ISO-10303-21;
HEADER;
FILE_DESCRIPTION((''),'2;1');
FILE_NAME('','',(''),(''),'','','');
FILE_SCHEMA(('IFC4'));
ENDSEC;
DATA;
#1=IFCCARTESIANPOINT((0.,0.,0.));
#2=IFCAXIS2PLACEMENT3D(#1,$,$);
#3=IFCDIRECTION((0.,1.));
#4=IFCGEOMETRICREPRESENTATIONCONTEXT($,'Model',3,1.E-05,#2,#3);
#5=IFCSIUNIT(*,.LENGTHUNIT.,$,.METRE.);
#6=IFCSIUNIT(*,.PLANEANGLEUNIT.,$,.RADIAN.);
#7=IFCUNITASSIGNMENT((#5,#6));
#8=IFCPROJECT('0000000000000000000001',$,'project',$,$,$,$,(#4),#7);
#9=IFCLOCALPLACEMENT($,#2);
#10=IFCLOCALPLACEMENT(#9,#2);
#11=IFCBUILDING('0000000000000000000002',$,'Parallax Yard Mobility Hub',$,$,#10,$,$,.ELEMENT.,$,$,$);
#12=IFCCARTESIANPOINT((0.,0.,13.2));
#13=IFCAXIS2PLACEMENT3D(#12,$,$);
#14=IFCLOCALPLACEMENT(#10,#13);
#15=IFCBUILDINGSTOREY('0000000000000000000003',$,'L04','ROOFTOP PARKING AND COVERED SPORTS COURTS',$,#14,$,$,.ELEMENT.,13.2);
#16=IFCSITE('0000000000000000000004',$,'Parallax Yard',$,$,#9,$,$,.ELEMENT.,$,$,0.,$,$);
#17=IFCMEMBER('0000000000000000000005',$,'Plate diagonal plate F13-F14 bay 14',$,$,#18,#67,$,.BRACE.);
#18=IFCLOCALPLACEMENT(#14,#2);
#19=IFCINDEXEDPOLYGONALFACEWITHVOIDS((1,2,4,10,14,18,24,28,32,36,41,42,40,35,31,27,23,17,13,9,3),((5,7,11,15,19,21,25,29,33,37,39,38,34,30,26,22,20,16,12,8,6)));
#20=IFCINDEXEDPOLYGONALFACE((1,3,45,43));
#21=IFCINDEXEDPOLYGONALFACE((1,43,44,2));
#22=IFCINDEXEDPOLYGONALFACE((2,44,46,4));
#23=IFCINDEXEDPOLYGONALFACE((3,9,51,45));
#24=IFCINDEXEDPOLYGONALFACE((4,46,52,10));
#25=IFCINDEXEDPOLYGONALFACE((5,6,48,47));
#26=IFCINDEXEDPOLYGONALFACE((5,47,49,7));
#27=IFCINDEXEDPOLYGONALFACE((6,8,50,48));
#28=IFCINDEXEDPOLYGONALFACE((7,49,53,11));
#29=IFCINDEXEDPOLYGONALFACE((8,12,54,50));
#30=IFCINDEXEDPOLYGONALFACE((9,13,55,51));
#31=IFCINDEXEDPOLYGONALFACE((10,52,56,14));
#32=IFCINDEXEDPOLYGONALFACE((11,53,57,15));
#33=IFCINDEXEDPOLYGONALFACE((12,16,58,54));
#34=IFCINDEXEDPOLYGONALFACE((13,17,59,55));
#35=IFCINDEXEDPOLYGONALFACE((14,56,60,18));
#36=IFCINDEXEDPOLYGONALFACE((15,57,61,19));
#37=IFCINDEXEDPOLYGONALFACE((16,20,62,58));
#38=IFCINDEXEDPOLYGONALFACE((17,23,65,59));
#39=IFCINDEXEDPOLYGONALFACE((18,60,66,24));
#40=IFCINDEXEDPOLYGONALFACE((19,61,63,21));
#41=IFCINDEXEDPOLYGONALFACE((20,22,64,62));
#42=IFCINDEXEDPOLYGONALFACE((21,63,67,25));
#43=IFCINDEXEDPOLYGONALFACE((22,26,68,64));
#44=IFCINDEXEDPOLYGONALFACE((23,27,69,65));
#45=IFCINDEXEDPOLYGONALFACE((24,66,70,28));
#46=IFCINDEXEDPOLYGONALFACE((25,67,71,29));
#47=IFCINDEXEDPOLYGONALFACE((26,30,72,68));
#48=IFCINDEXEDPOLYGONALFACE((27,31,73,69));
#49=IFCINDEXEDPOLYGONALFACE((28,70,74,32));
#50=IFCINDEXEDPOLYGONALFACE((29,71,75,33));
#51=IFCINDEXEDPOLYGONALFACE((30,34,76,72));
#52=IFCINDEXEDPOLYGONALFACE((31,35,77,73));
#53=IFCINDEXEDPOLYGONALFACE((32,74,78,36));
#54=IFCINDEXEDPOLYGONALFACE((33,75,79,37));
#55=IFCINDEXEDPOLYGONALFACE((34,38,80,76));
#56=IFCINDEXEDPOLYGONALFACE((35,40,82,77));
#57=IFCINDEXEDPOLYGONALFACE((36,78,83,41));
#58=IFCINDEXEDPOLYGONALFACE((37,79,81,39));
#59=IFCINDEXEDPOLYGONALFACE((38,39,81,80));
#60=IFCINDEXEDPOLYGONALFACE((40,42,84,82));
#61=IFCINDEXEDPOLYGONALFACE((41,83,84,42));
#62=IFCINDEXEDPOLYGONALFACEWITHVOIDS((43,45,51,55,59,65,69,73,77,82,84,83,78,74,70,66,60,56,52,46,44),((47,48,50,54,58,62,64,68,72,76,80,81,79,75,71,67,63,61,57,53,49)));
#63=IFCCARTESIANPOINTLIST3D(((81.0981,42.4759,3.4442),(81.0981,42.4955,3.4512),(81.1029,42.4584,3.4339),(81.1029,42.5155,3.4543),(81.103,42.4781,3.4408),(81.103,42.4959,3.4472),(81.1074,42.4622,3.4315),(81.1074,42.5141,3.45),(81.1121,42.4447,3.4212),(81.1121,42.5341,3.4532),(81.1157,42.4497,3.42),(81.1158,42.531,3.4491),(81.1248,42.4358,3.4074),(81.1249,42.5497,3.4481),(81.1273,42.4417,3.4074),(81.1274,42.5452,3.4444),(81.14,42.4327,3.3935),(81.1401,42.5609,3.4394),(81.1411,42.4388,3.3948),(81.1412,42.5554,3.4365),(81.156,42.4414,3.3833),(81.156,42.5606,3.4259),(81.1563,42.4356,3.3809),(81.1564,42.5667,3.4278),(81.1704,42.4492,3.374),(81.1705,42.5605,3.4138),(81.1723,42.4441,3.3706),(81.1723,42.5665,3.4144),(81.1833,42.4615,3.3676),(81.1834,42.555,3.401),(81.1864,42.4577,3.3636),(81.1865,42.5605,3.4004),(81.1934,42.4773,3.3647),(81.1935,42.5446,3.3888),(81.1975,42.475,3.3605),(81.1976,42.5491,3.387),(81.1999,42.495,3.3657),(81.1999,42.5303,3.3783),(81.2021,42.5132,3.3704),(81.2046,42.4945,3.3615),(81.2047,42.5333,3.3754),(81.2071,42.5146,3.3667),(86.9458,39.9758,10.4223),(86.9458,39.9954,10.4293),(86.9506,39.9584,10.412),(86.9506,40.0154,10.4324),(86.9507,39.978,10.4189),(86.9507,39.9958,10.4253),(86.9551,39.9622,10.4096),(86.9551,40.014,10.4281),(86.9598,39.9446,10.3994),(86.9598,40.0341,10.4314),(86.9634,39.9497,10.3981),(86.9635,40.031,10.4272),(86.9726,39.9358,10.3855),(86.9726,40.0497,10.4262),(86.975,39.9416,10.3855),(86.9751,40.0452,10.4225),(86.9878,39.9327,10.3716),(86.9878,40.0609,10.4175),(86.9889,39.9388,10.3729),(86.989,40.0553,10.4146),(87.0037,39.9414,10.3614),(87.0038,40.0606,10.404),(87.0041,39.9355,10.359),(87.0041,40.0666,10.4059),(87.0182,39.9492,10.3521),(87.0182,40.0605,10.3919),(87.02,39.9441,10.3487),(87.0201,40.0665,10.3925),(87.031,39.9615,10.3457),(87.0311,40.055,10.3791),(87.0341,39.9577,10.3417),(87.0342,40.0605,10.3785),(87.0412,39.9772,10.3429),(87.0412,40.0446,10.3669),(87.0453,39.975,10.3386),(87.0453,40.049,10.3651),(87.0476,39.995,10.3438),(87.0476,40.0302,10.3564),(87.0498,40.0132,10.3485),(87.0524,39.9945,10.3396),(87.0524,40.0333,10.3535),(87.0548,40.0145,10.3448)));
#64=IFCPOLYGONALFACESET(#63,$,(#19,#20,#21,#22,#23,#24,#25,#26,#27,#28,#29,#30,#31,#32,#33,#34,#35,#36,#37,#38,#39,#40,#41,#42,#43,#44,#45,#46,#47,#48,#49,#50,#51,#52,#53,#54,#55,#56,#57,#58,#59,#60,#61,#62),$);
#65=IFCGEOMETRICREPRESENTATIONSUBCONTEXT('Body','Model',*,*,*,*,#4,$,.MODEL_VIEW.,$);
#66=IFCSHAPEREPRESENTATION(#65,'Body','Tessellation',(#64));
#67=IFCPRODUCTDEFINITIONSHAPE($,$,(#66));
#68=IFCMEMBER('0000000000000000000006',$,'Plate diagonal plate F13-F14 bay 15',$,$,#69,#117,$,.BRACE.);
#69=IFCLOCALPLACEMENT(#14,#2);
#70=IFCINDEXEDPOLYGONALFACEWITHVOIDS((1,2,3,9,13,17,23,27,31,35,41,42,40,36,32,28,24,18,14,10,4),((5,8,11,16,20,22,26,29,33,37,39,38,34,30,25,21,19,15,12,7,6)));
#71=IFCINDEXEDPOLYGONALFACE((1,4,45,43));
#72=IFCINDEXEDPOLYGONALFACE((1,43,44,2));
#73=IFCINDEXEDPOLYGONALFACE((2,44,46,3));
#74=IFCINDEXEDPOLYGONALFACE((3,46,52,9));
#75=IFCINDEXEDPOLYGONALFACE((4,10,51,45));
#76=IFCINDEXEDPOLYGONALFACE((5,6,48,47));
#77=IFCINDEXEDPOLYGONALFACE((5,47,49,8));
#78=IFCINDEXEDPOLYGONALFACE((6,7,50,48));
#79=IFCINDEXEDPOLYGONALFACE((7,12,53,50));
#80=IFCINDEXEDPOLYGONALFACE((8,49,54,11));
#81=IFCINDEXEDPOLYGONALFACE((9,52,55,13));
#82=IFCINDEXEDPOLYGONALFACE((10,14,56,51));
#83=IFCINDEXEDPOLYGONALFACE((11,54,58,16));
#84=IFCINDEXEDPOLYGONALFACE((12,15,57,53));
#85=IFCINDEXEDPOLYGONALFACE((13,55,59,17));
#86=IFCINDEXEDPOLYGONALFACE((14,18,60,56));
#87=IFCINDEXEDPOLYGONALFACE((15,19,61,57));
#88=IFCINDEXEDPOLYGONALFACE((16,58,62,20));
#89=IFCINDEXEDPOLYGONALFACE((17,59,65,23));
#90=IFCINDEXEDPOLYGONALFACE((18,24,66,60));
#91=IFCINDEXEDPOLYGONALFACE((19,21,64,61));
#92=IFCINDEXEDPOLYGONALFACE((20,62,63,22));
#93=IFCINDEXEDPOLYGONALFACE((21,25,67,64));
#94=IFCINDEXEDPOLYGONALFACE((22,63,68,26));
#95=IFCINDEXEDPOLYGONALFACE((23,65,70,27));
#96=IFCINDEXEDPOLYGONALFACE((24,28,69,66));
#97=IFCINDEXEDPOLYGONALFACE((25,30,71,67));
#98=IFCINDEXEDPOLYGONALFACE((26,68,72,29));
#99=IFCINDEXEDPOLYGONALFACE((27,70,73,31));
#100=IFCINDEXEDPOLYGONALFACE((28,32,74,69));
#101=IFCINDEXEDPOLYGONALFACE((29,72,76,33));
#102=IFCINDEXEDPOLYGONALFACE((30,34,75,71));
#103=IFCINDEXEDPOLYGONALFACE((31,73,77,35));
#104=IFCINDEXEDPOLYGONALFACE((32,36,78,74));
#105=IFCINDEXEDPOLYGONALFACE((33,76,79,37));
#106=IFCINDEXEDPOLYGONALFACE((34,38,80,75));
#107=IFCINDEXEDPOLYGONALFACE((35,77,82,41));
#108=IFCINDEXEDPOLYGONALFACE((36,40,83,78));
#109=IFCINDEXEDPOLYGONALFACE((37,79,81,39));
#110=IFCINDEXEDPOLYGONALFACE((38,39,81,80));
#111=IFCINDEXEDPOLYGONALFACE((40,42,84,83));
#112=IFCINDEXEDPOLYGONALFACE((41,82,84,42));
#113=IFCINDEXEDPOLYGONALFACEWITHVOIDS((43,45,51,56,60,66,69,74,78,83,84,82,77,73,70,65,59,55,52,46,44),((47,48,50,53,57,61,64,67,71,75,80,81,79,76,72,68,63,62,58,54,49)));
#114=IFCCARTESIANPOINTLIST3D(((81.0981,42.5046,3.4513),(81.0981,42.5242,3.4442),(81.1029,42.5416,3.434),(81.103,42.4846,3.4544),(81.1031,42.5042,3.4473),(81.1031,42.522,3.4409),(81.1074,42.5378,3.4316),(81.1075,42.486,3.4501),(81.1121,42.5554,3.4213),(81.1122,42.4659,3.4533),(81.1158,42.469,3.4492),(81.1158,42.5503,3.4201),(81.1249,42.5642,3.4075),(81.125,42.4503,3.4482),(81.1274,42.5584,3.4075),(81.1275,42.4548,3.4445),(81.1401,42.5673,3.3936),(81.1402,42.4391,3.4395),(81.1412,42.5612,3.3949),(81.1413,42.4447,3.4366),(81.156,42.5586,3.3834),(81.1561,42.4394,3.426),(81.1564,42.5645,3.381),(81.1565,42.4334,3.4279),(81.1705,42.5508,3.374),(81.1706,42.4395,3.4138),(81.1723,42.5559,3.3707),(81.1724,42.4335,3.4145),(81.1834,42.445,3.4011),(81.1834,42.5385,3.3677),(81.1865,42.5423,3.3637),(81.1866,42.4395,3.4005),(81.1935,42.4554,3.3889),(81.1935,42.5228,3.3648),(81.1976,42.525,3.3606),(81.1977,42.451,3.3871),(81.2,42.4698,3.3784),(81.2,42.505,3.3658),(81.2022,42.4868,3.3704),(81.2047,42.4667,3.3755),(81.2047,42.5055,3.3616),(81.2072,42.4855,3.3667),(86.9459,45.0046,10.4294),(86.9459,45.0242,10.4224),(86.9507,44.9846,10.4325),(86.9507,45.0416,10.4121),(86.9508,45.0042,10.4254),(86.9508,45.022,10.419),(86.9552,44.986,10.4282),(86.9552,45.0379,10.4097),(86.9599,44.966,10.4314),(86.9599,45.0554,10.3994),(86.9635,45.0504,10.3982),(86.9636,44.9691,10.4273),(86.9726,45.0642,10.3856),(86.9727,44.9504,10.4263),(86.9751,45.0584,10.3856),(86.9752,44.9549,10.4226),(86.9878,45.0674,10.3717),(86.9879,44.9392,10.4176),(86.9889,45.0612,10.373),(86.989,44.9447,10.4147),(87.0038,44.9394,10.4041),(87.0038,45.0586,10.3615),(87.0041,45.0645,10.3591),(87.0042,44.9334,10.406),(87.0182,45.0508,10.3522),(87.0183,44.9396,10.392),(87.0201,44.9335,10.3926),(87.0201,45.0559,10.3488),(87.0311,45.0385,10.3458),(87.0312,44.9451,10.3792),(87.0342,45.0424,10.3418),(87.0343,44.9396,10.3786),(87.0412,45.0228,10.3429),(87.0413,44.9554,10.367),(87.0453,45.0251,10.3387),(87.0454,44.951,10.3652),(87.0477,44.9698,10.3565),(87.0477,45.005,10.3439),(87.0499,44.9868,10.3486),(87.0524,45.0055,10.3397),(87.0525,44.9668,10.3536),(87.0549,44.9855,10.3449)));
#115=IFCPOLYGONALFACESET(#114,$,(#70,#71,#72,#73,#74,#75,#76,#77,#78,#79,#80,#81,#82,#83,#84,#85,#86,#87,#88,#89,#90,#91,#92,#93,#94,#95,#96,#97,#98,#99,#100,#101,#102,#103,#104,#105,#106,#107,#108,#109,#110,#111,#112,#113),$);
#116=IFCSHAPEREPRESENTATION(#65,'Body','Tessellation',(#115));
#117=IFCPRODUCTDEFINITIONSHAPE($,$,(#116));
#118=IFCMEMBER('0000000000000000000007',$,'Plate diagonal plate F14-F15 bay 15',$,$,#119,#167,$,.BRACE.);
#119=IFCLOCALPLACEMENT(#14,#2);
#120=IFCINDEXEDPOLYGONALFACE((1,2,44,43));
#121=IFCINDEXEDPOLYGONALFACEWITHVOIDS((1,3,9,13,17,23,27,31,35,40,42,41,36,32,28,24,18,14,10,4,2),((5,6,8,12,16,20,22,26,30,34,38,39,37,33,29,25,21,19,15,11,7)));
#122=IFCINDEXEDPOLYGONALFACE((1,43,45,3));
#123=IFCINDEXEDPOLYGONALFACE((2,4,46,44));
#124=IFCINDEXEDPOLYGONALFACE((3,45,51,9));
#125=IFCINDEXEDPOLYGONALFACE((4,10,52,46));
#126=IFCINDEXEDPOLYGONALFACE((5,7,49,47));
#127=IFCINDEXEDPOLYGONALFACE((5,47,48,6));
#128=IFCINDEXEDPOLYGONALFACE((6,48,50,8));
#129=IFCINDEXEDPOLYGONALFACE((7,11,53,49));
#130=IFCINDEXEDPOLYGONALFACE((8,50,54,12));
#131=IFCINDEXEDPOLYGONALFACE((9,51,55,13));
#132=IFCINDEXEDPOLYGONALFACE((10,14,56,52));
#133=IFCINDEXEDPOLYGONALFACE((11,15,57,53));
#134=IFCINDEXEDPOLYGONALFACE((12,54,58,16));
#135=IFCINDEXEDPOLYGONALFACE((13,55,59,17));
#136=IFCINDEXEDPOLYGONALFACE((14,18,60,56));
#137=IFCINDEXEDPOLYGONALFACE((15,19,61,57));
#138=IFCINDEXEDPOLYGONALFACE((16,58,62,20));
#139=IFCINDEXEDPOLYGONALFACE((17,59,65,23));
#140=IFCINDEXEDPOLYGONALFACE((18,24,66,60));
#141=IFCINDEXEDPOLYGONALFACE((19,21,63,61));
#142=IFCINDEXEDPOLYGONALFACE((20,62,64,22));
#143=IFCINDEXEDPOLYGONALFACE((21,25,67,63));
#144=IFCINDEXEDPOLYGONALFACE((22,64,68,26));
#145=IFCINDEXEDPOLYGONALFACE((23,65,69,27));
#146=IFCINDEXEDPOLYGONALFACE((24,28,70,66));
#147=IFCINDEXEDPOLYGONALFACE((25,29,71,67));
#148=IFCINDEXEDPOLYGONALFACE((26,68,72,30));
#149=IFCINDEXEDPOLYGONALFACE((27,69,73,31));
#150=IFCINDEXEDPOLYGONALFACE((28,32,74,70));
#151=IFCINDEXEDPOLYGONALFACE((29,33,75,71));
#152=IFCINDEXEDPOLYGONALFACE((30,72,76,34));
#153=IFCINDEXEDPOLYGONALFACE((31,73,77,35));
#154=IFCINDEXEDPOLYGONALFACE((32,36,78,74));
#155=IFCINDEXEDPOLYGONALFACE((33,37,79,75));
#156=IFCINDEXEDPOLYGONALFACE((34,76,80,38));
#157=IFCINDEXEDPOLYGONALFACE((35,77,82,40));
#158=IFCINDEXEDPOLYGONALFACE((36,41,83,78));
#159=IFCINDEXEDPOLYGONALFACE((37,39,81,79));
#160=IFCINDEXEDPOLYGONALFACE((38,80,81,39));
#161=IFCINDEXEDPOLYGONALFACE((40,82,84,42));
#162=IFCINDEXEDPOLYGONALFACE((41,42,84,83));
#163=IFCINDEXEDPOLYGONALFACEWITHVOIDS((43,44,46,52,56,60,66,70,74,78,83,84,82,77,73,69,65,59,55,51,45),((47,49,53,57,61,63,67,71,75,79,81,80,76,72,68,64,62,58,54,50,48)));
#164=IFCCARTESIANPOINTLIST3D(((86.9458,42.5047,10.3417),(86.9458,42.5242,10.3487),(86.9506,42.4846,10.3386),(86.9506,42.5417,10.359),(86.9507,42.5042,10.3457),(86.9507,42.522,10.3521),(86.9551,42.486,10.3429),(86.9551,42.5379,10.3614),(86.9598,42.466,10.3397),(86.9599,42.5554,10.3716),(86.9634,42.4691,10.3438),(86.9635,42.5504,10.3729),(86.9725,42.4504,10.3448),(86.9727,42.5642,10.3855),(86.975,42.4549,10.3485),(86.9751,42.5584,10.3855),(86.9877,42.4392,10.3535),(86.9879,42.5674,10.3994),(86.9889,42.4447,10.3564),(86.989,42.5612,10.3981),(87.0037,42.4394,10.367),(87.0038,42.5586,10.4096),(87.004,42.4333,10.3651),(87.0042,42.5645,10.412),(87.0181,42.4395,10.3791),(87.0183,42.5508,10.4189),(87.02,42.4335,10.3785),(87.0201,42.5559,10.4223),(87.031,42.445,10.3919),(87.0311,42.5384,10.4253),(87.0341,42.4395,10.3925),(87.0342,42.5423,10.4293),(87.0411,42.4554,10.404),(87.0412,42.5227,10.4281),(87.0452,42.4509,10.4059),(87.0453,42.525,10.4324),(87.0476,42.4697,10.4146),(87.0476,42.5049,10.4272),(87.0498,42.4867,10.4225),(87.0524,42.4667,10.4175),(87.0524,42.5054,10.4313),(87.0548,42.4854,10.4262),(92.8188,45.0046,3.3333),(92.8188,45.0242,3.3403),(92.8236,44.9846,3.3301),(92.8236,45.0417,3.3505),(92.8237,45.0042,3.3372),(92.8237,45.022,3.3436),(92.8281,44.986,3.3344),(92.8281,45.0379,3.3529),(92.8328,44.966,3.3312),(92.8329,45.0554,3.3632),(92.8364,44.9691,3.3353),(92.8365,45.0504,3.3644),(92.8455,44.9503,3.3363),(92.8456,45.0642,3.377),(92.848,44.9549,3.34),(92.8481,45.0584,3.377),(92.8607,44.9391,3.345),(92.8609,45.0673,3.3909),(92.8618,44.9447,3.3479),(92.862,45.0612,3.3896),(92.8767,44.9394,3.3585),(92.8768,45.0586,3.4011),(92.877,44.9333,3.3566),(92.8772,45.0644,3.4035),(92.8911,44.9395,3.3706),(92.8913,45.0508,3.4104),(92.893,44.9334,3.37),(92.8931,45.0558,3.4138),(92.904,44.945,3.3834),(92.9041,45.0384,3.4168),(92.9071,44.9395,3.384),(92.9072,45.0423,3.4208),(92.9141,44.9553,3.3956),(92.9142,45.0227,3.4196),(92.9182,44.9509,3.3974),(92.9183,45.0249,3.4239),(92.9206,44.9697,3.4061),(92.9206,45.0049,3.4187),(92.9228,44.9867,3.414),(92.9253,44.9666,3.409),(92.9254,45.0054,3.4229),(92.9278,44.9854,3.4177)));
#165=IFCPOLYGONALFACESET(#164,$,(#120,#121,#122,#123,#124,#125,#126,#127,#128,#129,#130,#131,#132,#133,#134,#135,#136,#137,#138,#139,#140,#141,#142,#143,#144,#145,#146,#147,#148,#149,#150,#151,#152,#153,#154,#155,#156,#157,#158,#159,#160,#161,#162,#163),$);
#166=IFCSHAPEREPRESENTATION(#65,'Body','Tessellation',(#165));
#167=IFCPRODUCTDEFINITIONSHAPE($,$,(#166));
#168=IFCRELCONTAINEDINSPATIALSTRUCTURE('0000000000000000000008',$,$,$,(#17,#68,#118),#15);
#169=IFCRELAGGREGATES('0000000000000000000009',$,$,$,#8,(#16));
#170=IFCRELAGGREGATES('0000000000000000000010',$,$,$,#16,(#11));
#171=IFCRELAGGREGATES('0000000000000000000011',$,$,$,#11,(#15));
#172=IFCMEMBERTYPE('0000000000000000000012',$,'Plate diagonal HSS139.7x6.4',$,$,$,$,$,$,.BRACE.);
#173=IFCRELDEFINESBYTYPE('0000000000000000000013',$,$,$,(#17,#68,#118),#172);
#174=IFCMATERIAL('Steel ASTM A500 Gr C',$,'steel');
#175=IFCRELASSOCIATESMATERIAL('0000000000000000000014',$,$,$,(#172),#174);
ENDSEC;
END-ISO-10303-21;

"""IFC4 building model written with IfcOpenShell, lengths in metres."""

from ifc_helpers import new_model, si_unit, direction, frame, origin, origin_2d, place, context, subcontext, project, spatial, hollow_circle, extrude, material, material_profile, profile_set, type_object, element, save


model = new_model("IFC4")

# Units and contexts
model_context = context("Model", 3, precision=1e-05, world=origin(), true_north=direction((0.0, 1.0)))
body_context = subcontext(model_context, "Body", "Model", "MODEL_VIEW")
ifc_project = project(units=[si_unit("LENGTHUNIT", "METRE"), si_unit("PLANEANGLEUNIT", "RADIAN")], contexts=[model_context])

# Site, building, storey
site_placement = place(None, origin())
site = spatial("IfcSite", under=ifc_project, at=site_placement, Name="Parallax Yard", CompositionType="ELEMENT", RefElevation=0.0)
building_placement = place(site_placement, origin())
building = spatial("IfcBuilding", under=site, at=building_placement, Name="Parallax Yard Mobility Hub", CompositionType="ELEMENT")
storey_placement = place(building_placement, frame((0.0, 0.0, 13.2)))
storey = spatial("IfcBuildingStorey", under=building, at=storey_placement, Name="L04", Description="ROOFTOP PARKING AND COVERED SPORTS COURTS", CompositionType="ELEMENT", Elevation=13.2)

# Members
ifc_material_1 = material(Name="Steel ASTM A500 Gr C", Category="steel")
ifc_material_profile_1 = material_profile(ifc_material_1, hollow_circle(Radius=0.0698, WallThickness=0.0063, at=origin_2d()), Name="HSS139.7x6.4")
ifc_profile_set_1 = profile_set([ifc_material_profile_1], Name="Steel ASTM A500 Gr C")
member_type_1 = type_object("IfcMemberType", Name="Plate diagonal HSS139.7x6.4", PredefinedType="BRACE", material=ifc_profile_set_1)
for number, where, z_axis, x_axis, name in (
    (1, (87.0, 40.0, 10.3855), (-0.61937, 0.264794, -0.739097), (-0.393104, -0.919494, 0.0), "Plate diagonal plate F13-F14 bay 14"),
    (2, (81.1523, 42.5, 3.4075), (0.61937, 0.264794, 0.739097), (-0.393104, 0.919494, 0.0), "Plate diagonal plate F13-F14 bay 15"),
):
    element("IfcMember", number, at=place(storey_placement, frame(where, z_axis=z_axis, x_axis=x_axis)), inside=storey, type_object=member_type_1, Name=name, PredefinedType="BRACE", context=body_context, shape_type="SweptSolid", body=[
        extrude(hollow_circle(Radius=0.0698, WallThickness=0.0063, at=origin_2d()), origin(), (0.0, 0.0, 1.0), 9.4414),
    ])
member_1_placement = place(storey_placement, frame((87.0, 42.5, 10.3855), z_axis=(0.619547, 0.263725, -0.739331), x_axis=(-0.391665, 0.920108, 0.0)))
element("IfcMember", 3, at=member_1_placement, inside=storey, type_object=member_type_1, Name="Plate diagonal plate F14-F15 bay 15", PredefinedType="BRACE", context=body_context, shape_type="SweptSolid", body=[
    extrude(hollow_circle(Radius=0.0698, WallThickness=0.0063, at=origin_2d()), origin(), (0.0, 0.0, 1.0), 9.4795),
])

save(model, "model.ifc")
